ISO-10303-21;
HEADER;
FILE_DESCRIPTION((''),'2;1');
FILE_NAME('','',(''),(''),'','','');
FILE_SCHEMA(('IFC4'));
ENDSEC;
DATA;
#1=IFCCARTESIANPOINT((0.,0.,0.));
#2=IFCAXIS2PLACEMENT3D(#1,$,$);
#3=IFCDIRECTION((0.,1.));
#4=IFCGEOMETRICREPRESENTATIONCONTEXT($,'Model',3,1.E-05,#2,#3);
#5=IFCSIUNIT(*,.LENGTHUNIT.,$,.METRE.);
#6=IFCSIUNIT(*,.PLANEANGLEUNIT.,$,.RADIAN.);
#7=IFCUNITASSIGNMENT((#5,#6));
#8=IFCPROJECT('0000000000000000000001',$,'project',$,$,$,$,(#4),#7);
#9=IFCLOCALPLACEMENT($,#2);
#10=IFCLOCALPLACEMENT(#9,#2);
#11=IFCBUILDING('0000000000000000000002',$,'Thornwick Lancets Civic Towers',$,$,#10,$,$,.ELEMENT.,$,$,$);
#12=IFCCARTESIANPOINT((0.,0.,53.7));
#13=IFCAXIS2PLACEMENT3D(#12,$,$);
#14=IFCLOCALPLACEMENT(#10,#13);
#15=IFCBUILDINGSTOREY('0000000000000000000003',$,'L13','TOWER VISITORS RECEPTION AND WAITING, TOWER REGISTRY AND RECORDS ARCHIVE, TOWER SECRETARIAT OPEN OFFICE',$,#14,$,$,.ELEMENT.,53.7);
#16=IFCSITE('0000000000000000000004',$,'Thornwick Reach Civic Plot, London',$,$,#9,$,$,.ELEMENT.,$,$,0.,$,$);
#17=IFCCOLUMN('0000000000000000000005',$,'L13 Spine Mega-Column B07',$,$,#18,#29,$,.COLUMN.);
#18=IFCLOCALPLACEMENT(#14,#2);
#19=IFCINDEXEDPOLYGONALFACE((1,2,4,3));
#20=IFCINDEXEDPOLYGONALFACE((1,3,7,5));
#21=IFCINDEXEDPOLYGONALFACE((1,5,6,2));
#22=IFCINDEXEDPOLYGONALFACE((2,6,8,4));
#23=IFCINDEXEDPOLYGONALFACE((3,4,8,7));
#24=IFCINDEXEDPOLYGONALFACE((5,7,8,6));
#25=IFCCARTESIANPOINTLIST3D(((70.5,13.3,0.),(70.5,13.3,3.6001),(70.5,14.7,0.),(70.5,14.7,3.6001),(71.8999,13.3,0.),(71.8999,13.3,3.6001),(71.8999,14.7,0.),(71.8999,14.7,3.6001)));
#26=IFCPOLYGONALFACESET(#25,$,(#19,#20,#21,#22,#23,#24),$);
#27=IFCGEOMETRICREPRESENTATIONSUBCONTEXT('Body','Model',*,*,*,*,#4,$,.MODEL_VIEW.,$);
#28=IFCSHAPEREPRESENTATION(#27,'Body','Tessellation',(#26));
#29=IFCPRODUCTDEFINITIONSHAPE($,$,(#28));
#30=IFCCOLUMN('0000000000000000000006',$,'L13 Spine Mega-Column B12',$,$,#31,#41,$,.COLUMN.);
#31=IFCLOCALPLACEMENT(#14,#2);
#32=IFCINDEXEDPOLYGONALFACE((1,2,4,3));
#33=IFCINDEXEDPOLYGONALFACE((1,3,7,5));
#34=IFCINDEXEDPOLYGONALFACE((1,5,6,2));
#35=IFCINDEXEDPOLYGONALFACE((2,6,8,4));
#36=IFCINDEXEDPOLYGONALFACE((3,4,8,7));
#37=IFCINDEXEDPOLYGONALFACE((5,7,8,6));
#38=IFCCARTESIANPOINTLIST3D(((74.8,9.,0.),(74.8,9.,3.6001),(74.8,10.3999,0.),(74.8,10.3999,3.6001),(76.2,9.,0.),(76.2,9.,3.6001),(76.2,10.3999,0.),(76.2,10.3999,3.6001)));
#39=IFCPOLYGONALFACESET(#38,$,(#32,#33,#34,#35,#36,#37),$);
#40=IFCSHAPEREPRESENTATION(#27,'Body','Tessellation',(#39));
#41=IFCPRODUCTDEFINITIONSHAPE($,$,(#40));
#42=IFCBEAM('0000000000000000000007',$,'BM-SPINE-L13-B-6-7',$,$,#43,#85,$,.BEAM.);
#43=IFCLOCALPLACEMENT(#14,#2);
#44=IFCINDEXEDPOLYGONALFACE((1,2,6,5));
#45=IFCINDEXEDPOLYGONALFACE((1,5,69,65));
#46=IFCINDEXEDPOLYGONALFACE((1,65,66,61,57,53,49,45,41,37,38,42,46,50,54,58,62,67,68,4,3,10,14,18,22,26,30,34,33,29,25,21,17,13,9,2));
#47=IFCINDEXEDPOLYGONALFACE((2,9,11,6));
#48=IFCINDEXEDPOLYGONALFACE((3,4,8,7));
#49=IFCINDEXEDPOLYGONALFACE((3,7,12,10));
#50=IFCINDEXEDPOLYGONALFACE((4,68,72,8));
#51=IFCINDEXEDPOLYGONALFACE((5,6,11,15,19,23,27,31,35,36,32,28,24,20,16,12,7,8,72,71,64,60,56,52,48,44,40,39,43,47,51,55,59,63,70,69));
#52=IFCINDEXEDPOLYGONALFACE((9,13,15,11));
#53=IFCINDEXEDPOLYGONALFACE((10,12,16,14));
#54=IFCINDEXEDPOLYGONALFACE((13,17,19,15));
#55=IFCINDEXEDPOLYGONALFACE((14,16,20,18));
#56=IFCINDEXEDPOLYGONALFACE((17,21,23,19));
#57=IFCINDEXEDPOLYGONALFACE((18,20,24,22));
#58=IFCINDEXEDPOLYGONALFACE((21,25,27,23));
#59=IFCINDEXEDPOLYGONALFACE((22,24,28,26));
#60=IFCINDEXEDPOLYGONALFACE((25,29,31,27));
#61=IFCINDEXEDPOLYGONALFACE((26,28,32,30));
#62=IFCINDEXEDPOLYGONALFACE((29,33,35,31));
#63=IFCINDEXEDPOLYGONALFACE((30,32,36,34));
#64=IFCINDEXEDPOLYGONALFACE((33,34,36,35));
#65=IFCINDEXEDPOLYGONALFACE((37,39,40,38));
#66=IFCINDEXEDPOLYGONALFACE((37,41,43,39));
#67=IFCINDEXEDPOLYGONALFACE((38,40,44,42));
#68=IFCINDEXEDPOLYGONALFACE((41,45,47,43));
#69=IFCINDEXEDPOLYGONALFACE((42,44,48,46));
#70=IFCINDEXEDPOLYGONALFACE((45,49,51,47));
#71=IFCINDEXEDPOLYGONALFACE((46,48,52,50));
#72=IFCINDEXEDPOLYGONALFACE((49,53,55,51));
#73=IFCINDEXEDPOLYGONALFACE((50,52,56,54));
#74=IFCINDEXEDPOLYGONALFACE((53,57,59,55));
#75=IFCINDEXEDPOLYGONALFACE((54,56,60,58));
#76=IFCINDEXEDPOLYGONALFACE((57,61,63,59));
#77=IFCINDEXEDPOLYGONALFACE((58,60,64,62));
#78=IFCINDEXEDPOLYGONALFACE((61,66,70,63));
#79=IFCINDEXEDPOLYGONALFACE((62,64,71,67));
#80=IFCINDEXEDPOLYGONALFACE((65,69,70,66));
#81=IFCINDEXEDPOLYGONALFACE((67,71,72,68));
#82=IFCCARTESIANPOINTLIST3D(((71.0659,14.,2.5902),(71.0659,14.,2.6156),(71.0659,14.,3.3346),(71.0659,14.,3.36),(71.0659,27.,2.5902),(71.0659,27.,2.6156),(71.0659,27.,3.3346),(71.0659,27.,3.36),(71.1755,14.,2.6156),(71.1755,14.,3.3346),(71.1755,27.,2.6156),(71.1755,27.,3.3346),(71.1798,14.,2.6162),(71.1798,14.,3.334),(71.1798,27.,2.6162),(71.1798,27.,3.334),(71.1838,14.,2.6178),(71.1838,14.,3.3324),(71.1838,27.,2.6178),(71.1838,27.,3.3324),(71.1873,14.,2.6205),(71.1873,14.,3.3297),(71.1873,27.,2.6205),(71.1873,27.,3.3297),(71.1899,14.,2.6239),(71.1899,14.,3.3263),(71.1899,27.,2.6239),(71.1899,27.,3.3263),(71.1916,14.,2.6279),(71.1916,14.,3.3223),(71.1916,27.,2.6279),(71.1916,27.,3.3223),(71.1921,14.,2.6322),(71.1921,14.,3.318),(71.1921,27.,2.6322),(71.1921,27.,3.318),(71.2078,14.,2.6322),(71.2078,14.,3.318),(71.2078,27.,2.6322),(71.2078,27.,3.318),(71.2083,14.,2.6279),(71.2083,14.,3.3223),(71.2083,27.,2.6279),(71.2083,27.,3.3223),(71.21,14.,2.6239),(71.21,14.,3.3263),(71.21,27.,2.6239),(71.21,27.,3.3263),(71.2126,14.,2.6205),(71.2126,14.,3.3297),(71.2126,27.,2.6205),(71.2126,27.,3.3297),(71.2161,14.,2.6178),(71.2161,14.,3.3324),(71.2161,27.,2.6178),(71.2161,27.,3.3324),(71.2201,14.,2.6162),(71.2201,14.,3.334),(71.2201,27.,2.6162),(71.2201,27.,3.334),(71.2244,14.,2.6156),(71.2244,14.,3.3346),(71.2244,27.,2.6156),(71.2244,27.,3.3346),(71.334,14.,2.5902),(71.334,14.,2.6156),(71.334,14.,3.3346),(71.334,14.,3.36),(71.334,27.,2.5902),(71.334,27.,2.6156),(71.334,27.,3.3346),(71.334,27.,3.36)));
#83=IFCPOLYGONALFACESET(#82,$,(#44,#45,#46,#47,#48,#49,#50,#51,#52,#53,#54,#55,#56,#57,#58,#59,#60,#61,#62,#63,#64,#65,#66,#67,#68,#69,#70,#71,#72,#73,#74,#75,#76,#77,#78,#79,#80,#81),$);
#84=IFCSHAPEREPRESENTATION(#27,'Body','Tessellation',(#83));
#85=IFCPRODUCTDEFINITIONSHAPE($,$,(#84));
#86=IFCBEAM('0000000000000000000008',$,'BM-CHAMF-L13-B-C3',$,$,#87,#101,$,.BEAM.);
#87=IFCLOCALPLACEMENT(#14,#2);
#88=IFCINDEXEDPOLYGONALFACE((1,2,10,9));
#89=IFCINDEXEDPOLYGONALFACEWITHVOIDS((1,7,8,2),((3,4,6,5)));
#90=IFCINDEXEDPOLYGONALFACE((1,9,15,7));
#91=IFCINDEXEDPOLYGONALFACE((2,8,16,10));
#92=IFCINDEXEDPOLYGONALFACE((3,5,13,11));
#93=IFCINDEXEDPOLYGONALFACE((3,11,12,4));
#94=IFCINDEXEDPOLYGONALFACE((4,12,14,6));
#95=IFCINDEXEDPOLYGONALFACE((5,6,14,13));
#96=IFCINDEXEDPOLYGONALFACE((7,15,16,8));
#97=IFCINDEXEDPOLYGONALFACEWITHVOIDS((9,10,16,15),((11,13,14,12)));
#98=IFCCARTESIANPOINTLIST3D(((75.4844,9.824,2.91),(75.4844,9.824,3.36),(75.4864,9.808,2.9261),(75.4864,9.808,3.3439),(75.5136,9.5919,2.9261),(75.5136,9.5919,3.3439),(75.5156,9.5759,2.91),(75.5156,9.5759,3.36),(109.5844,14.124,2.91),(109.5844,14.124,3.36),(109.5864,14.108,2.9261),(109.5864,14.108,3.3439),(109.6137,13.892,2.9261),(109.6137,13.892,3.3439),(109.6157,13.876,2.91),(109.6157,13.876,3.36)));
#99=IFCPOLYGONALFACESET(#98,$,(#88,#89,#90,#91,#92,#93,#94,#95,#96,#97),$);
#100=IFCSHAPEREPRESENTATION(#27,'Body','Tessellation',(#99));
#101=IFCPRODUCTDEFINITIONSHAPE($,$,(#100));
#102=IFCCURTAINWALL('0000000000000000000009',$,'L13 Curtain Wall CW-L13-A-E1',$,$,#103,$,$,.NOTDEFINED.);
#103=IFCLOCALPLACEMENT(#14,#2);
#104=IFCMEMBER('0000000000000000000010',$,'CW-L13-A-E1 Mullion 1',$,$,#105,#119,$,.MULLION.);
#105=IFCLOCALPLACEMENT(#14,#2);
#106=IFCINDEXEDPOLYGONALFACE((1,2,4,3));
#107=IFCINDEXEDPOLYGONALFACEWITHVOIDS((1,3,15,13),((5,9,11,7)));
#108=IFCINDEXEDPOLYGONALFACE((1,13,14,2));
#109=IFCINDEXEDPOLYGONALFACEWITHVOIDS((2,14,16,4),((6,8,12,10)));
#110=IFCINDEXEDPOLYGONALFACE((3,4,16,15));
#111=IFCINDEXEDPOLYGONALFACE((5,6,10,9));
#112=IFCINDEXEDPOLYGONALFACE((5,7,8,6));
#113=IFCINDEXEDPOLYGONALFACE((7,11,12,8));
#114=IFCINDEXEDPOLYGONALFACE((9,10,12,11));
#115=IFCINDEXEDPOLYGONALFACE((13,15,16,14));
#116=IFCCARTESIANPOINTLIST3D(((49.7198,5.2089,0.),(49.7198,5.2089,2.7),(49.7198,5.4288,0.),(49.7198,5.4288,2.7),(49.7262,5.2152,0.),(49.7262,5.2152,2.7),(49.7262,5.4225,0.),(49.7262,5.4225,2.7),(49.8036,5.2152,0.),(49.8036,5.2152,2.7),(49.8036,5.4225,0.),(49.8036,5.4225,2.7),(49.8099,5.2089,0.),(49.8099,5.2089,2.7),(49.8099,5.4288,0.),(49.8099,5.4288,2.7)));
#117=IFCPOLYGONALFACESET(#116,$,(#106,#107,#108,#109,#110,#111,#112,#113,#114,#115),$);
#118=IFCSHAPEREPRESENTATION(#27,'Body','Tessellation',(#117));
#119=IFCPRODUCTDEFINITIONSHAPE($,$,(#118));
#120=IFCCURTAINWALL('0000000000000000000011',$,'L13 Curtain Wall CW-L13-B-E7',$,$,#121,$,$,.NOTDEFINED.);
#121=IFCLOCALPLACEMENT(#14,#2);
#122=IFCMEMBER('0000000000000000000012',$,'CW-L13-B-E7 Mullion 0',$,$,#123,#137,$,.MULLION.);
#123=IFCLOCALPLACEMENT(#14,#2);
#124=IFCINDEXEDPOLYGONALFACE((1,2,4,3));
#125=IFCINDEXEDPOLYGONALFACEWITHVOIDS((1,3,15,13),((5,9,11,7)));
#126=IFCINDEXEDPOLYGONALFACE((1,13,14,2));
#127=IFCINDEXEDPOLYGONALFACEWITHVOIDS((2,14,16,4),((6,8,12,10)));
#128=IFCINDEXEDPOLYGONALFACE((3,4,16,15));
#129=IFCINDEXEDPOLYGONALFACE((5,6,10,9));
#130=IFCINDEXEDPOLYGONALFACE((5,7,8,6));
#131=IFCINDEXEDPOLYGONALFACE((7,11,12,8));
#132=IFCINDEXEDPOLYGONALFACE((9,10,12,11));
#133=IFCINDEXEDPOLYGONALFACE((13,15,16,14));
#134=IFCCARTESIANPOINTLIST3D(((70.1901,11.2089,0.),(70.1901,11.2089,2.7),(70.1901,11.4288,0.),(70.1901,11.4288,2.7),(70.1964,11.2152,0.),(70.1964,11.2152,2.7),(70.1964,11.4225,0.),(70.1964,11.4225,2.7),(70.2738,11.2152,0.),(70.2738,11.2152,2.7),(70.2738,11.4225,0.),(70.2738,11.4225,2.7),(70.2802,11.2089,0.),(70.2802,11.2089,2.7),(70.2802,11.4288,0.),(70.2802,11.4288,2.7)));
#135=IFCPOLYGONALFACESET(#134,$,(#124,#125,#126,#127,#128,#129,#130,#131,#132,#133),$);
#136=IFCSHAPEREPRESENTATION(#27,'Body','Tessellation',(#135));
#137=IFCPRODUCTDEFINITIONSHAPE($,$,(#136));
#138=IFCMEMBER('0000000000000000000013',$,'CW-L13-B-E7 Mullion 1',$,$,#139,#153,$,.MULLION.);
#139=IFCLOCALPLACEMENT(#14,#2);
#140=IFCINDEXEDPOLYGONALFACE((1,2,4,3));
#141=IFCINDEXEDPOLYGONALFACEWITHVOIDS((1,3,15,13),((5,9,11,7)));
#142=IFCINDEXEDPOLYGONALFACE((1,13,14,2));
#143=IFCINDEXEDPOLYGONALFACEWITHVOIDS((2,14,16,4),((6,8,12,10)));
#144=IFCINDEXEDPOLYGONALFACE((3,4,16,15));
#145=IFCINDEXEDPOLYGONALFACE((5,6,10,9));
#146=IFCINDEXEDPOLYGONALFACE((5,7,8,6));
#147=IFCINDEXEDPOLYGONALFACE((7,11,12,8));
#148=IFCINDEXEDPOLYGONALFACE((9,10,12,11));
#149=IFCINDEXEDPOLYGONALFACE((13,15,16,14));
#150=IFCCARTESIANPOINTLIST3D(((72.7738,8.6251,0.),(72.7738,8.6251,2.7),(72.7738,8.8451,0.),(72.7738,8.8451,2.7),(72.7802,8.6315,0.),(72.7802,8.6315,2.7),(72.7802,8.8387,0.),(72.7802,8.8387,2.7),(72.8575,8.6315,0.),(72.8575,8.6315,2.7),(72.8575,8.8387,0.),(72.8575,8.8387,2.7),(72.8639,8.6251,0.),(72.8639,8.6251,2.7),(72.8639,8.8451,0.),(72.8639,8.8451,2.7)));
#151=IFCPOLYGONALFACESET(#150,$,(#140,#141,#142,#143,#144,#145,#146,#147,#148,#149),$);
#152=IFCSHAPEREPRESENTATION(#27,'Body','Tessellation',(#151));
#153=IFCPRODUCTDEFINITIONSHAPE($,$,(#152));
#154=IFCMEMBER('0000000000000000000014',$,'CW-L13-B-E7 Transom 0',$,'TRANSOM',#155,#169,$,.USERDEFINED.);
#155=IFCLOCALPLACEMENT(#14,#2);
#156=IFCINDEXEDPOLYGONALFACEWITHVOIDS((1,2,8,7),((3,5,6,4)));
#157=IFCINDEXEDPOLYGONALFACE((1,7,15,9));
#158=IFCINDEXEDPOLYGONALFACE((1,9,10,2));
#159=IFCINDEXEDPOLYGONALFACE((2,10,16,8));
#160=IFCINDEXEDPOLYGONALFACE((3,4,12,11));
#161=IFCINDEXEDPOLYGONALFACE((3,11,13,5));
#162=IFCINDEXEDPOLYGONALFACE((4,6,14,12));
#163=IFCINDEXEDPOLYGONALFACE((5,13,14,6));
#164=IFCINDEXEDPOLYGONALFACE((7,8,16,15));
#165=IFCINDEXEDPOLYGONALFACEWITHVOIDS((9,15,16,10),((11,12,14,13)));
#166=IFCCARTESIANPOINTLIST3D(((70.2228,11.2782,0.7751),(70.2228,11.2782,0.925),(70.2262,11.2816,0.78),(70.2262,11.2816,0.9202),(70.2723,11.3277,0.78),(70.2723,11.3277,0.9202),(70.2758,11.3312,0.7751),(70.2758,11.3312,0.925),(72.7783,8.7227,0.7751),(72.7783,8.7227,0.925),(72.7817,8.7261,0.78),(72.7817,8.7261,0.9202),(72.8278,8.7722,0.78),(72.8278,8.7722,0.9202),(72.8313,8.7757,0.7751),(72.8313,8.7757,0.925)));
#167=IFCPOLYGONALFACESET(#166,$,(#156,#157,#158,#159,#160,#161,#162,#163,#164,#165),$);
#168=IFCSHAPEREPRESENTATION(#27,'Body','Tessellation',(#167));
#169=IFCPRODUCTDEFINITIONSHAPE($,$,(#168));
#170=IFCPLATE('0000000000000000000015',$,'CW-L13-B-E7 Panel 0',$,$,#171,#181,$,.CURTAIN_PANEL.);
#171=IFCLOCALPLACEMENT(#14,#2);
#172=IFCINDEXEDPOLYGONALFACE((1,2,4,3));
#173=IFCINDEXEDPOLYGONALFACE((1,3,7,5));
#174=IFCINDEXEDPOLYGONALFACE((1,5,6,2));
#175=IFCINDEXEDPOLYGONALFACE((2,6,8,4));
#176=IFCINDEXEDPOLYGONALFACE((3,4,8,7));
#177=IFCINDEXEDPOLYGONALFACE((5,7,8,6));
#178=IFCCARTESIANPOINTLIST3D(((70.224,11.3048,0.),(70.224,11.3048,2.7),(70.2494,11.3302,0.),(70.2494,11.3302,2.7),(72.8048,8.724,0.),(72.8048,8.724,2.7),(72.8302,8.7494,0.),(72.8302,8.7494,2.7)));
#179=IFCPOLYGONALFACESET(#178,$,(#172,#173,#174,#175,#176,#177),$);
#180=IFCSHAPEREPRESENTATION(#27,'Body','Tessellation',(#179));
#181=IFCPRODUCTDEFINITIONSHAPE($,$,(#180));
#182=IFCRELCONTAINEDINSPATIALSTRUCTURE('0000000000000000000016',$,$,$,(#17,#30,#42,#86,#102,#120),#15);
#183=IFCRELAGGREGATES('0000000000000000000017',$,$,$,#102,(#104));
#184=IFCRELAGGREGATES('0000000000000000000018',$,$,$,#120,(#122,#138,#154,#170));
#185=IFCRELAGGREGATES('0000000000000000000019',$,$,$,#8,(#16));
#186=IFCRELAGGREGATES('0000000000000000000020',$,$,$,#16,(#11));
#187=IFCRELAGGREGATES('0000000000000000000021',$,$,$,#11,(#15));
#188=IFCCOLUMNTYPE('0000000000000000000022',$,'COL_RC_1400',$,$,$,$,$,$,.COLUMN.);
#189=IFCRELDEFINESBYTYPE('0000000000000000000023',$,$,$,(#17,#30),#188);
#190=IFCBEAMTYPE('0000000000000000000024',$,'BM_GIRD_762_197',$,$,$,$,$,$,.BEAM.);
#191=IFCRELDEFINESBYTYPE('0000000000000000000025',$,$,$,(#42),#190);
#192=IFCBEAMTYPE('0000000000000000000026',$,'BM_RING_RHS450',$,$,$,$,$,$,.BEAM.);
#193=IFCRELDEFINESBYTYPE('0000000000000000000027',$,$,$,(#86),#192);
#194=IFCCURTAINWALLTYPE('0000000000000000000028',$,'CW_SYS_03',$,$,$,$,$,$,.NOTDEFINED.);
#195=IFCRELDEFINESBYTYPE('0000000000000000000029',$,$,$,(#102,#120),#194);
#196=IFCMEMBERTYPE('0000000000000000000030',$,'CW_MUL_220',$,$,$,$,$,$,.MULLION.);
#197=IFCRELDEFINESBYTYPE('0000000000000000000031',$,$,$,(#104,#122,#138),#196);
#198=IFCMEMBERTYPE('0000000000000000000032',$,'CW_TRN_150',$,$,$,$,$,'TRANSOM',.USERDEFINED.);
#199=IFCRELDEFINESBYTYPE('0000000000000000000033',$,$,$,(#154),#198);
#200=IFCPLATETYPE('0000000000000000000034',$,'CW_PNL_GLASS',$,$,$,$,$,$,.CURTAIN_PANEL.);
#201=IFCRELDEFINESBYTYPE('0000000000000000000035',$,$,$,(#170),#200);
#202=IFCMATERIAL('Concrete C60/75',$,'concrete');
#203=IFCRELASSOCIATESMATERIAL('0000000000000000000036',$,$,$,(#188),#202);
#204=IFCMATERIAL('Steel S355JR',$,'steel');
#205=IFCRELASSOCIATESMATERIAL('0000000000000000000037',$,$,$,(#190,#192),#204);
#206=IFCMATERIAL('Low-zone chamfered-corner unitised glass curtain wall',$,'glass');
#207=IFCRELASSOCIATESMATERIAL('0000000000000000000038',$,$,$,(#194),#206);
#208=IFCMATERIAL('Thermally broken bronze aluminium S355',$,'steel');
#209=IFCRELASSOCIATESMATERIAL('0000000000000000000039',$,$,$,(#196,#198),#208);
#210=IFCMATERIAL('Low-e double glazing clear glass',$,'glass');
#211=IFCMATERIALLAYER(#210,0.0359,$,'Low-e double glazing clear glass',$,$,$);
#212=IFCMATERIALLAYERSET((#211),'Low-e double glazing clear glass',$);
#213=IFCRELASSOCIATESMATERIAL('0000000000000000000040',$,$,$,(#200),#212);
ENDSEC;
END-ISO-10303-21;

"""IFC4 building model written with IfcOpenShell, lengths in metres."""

from ifc_helpers import new_model, si_unit, direction, frame, origin, origin_2d, place, context, subcontext, project, spatial, rectangle, hollow_rectangle, i_section, extrude, material, layer, layer_set, material_profile, profile_set, type_object, element, aggregate, save


model = new_model("IFC4")

# Units and contexts
model_context = context("Model", 3, precision=1e-05, world=origin(), true_north=direction((0.0, 1.0)))
body_context = subcontext(model_context, "Body", "Model", "MODEL_VIEW")
ifc_project = project(units=[si_unit("LENGTHUNIT", "METRE"), si_unit("PLANEANGLEUNIT", "RADIAN")], contexts=[model_context])

# Site, building, storey
site_placement = place(None, origin())
site = spatial("IfcSite", under=ifc_project, at=site_placement, Name="Thornwick Reach Civic Plot, London", CompositionType="ELEMENT", RefElevation=0.0)
building_placement = place(site_placement, origin())
building = spatial("IfcBuilding", under=site, at=building_placement, Name="Thornwick Lancets Civic Towers", CompositionType="ELEMENT")
storey_placement = place(building_placement, frame((0.0, 0.0, 53.7)))
storey = spatial("IfcBuildingStorey", under=building, at=storey_placement, Name="L13", Description="TOWER VISITORS RECEPTION AND WAITING, TOWER REGISTRY AND RECORDS ARCHIVE, TOWER SECRETARIAT OPEN OFFICE", CompositionType="ELEMENT", Elevation=53.7)

# Columns
ifc_material_1 = material(Name="Concrete C60/75", Category="concrete")
ifc_material_profile_1 = material_profile(ifc_material_1, rectangle(XDim=1.3999, YDim=1.3999, at=origin_2d()), Name="RC 1400x1400")
ifc_profile_set_1 = profile_set([ifc_material_profile_1], Name="Concrete C60/75")
column_type = type_object("IfcColumnType", Name="COL_RC_1400", PredefinedType="COLUMN", material=ifc_profile_set_1)
for number, where, z_axis, x_axis, name in (
    (1, (71.2, 14.0, 0.0), (0.0, 0.0, 1.0), (1.0, 0.0, 0.0), "L13 Spine Mega-Column B07"),
    (2, (75.5, 9.7, 0.0), (0.0, 0.0, 1.0), (1.0, 0.0, 0.0), "L13 Spine Mega-Column B12"),
):
    element("IfcColumn", number, at=place(storey_placement, frame(where, z_axis=z_axis, x_axis=x_axis)), inside=storey, type_object=column_type, Name=name, PredefinedType="COLUMN", context=body_context, shape_type="SweptSolid", body=[
        extrude(rectangle(XDim=1.3999, YDim=1.3999, at=origin_2d()), origin(), (0.0, 0.0, 1.0), 3.6001),
    ])

# Beams
ifc_material_2 = material(Name="Steel S355JR", Category="steel")
ifc_material_profile_2 = material_profile(ifc_material_2, i_section(OverallWidth=0.2681, OverallDepth=0.7698, WebThickness=0.0156, FlangeThickness=0.0254, FilletRadius=0.0166, at=origin_2d()), Name="UKB 762x267x197")
ifc_profile_set_2 = profile_set([ifc_material_profile_2], Name="Steel S355JR")
beam_type_1 = type_object("IfcBeamType", Name="BM_GIRD_762_197", PredefinedType="BEAM", material=ifc_profile_set_2)
beam_1_placement = place(storey_placement, frame((71.2, 14.0, 2.9751), z_axis=(0.0, 1.0, 0.0), x_axis=(-1.0, 0.0, 0.0)))
element("IfcBeam", 3, at=beam_1_placement, inside=storey, type_object=beam_type_1, Name="BM-SPINE-L13-B-6-7", PredefinedType="BEAM", context=body_context, shape_type="SweptSolid", body=[
    extrude(i_section(OverallWidth=0.2681, OverallDepth=0.7698, WebThickness=0.0156, FlangeThickness=0.0254, FilletRadius=0.0166, at=origin_2d()), origin(), (0.0, 0.0, 1.0), 13.0),
])
ifc_material_profile_3 = material_profile(ifc_material_2, hollow_rectangle(XDim=0.25, YDim=0.45, WallThickness=0.0161, at=origin_2d()), Name="RHS 450x250x16")
ifc_profile_set_3 = profile_set([ifc_material_profile_3], Name="Steel S355JR")
beam_type_2 = type_object("IfcBeamType", Name="BM_RING_RHS450", PredefinedType="BEAM", material=ifc_profile_set_3)
beam_2_placement = place(storey_placement, frame((75.5, 9.7, 3.135), z_axis=(0.992143, 0.12511, 0.0), x_axis=(-0.12511, 0.992143, 0.0)))
element("IfcBeam", 4, at=beam_2_placement, inside=storey, type_object=beam_type_2, Name="BM-CHAMF-L13-B-C3", PredefinedType="BEAM", context=body_context, shape_type="SweptSolid", body=[
    extrude(hollow_rectangle(XDim=0.25, YDim=0.45, WallThickness=0.0161, at=origin_2d()), origin(), (0.0, 0.0, 1.0), 34.3701),
])

# Curtain wall, member
ifc_material_3 = material(Name="Low-zone chamfered-corner unitised glass curtain wall", Category="glass")
curtain_wall_type = type_object("IfcCurtainWallType", Name="CW_SYS_03", PredefinedType="NOTDEFINED", material=ifc_material_3)
curtain_wall_1_placement = place(storey_placement, origin())
curtain_wall_1 = element("IfcCurtainWall", 5, at=curtain_wall_1_placement, inside=storey, type_object=curtain_wall_type, Name="L13 Curtain Wall CW-L13-A-E1", PredefinedType="NOTDEFINED")
ifc_material_4 = material(Name="Thermally broken bronze aluminium S355", Category="steel")
ifc_material_profile_4 = material_profile(ifc_material_4, hollow_rectangle(XDim=0.0901, YDim=0.22, WallThickness=0.0063, at=origin_2d()), Name="RHS 220x90x6.3")
ifc_profile_set_4 = profile_set([ifc_material_profile_4], Name="Thermally broken bronze aluminium S355")
member_type_1 = type_object("IfcMemberType", Name="CW_MUL_220", PredefinedType="MULLION", material=ifc_profile_set_4)
member_1_placement = place(storey_placement, frame((49.7649, 5.3188, 0.0), z_axis=(0.0, 0.0, 1.0), x_axis=(1.0, 0.0, 0.0)))
member_1 = element("IfcMember", 6, at=member_1_placement, type_object=member_type_1, Name="CW-L13-A-E1 Mullion 1", PredefinedType="MULLION", context=body_context, shape_type="SweptSolid", body=[
    extrude(hollow_rectangle(XDim=0.0901, YDim=0.22, WallThickness=0.0063, at=origin_2d()), origin(), (0.0, 0.0, 1.0), 2.7),
])
aggregate(curtain_wall_1, [member_1])

# Curtain wall, members, plate
curtain_wall_2_placement = place(storey_placement, origin())
curtain_wall_2 = element("IfcCurtainWall", 7, at=curtain_wall_2_placement, inside=storey, type_object=curtain_wall_type, Name="L13 Curtain Wall CW-L13-B-E7", PredefinedType="NOTDEFINED")
member_2_placement = place(storey_placement, frame((70.2351, 11.3188, 0.0), z_axis=(0.0, 0.0, 1.0), x_axis=(1.0, 0.0, 0.0)))
member_2 = element("IfcMember", 8, at=member_2_placement, type_object=member_type_1, Name="CW-L13-B-E7 Mullion 0", PredefinedType="MULLION", context=body_context, shape_type="SweptSolid", body=[
    extrude(hollow_rectangle(XDim=0.0901, YDim=0.22, WallThickness=0.0063, at=origin_2d()), origin(), (0.0, 0.0, 1.0), 2.7),
])
member_3_placement = place(storey_placement, frame((72.8188, 8.7351, 0.0), z_axis=(0.0, 0.0, 1.0), x_axis=(1.0, 0.0, 0.0)))
member_3 = element("IfcMember", 9, at=member_3_placement, type_object=member_type_1, Name="CW-L13-B-E7 Mullion 1", PredefinedType="MULLION", context=body_context, shape_type="SweptSolid", body=[
    extrude(hollow_rectangle(XDim=0.0901, YDim=0.22, WallThickness=0.0063, at=origin_2d()), origin(), (0.0, 0.0, 1.0), 2.7),
])
ifc_material_profile_5 = material_profile(ifc_material_4, hollow_rectangle(XDim=0.075, YDim=0.1499, WallThickness=0.0049, at=origin_2d()), Name="RHS 150x75x5")
ifc_profile_set_5 = profile_set([ifc_material_profile_5], Name="Thermally broken bronze aluminium S355")
member_type_2 = type_object("IfcMemberType", Name="CW_TRN_150", ElementType="TRANSOM", PredefinedType="USERDEFINED", material=ifc_profile_set_5)
member_4_placement = place(storey_placement, frame((70.2493, 11.3047, 0.8501), z_axis=(0.707107, -0.707107, 0.0), x_axis=(0.707107, 0.707107, 0.0)))
member_4 = element("IfcMember", 10, at=member_4_placement, type_object=member_type_2, Name="CW-L13-B-E7 Transom 0", ObjectType="TRANSOM", PredefinedType="USERDEFINED", context=body_context, shape_type="SweptSolid", body=[
    extrude(hollow_rectangle(XDim=0.075, YDim=0.1499, WallThickness=0.0049, at=origin_2d()), origin(), (0.0, 0.0, 1.0), 3.614),
])
ifc_material_5 = material(Name="Low-e double glazing clear glass", Category="glass")
ifc_layer_1 = layer(ifc_material_5, 0.0359, Name="Low-e double glazing clear glass")
ifc_layer_set_1 = layer_set([ifc_layer_1], Name="Low-e double glazing clear glass")
plate_type = type_object("IfcPlateType", Name="CW_PNL_GLASS", PredefinedType="CURTAIN_PANEL", material=ifc_layer_set_1)
plate_placement = place(storey_placement, frame((71.5271, 10.0271, 0.0), z_axis=(0.0, 0.0, 1.0), x_axis=(0.707107, -0.707107, 0.0)))
plate = element("IfcPlate", 11, at=plate_placement, type_object=plate_type, Name="CW-L13-B-E7 Panel 0", PredefinedType="CURTAIN_PANEL", context=body_context, shape_type="SweptSolid", body=[
    extrude(rectangle(XDim=3.6499, YDim=0.0359, at=origin_2d()), origin(), (0.0, 0.0, 1.0), 2.7),
])
aggregate(curtain_wall_2, [member_2, member_3, member_4, plate])

save(model, "model.ifc")
